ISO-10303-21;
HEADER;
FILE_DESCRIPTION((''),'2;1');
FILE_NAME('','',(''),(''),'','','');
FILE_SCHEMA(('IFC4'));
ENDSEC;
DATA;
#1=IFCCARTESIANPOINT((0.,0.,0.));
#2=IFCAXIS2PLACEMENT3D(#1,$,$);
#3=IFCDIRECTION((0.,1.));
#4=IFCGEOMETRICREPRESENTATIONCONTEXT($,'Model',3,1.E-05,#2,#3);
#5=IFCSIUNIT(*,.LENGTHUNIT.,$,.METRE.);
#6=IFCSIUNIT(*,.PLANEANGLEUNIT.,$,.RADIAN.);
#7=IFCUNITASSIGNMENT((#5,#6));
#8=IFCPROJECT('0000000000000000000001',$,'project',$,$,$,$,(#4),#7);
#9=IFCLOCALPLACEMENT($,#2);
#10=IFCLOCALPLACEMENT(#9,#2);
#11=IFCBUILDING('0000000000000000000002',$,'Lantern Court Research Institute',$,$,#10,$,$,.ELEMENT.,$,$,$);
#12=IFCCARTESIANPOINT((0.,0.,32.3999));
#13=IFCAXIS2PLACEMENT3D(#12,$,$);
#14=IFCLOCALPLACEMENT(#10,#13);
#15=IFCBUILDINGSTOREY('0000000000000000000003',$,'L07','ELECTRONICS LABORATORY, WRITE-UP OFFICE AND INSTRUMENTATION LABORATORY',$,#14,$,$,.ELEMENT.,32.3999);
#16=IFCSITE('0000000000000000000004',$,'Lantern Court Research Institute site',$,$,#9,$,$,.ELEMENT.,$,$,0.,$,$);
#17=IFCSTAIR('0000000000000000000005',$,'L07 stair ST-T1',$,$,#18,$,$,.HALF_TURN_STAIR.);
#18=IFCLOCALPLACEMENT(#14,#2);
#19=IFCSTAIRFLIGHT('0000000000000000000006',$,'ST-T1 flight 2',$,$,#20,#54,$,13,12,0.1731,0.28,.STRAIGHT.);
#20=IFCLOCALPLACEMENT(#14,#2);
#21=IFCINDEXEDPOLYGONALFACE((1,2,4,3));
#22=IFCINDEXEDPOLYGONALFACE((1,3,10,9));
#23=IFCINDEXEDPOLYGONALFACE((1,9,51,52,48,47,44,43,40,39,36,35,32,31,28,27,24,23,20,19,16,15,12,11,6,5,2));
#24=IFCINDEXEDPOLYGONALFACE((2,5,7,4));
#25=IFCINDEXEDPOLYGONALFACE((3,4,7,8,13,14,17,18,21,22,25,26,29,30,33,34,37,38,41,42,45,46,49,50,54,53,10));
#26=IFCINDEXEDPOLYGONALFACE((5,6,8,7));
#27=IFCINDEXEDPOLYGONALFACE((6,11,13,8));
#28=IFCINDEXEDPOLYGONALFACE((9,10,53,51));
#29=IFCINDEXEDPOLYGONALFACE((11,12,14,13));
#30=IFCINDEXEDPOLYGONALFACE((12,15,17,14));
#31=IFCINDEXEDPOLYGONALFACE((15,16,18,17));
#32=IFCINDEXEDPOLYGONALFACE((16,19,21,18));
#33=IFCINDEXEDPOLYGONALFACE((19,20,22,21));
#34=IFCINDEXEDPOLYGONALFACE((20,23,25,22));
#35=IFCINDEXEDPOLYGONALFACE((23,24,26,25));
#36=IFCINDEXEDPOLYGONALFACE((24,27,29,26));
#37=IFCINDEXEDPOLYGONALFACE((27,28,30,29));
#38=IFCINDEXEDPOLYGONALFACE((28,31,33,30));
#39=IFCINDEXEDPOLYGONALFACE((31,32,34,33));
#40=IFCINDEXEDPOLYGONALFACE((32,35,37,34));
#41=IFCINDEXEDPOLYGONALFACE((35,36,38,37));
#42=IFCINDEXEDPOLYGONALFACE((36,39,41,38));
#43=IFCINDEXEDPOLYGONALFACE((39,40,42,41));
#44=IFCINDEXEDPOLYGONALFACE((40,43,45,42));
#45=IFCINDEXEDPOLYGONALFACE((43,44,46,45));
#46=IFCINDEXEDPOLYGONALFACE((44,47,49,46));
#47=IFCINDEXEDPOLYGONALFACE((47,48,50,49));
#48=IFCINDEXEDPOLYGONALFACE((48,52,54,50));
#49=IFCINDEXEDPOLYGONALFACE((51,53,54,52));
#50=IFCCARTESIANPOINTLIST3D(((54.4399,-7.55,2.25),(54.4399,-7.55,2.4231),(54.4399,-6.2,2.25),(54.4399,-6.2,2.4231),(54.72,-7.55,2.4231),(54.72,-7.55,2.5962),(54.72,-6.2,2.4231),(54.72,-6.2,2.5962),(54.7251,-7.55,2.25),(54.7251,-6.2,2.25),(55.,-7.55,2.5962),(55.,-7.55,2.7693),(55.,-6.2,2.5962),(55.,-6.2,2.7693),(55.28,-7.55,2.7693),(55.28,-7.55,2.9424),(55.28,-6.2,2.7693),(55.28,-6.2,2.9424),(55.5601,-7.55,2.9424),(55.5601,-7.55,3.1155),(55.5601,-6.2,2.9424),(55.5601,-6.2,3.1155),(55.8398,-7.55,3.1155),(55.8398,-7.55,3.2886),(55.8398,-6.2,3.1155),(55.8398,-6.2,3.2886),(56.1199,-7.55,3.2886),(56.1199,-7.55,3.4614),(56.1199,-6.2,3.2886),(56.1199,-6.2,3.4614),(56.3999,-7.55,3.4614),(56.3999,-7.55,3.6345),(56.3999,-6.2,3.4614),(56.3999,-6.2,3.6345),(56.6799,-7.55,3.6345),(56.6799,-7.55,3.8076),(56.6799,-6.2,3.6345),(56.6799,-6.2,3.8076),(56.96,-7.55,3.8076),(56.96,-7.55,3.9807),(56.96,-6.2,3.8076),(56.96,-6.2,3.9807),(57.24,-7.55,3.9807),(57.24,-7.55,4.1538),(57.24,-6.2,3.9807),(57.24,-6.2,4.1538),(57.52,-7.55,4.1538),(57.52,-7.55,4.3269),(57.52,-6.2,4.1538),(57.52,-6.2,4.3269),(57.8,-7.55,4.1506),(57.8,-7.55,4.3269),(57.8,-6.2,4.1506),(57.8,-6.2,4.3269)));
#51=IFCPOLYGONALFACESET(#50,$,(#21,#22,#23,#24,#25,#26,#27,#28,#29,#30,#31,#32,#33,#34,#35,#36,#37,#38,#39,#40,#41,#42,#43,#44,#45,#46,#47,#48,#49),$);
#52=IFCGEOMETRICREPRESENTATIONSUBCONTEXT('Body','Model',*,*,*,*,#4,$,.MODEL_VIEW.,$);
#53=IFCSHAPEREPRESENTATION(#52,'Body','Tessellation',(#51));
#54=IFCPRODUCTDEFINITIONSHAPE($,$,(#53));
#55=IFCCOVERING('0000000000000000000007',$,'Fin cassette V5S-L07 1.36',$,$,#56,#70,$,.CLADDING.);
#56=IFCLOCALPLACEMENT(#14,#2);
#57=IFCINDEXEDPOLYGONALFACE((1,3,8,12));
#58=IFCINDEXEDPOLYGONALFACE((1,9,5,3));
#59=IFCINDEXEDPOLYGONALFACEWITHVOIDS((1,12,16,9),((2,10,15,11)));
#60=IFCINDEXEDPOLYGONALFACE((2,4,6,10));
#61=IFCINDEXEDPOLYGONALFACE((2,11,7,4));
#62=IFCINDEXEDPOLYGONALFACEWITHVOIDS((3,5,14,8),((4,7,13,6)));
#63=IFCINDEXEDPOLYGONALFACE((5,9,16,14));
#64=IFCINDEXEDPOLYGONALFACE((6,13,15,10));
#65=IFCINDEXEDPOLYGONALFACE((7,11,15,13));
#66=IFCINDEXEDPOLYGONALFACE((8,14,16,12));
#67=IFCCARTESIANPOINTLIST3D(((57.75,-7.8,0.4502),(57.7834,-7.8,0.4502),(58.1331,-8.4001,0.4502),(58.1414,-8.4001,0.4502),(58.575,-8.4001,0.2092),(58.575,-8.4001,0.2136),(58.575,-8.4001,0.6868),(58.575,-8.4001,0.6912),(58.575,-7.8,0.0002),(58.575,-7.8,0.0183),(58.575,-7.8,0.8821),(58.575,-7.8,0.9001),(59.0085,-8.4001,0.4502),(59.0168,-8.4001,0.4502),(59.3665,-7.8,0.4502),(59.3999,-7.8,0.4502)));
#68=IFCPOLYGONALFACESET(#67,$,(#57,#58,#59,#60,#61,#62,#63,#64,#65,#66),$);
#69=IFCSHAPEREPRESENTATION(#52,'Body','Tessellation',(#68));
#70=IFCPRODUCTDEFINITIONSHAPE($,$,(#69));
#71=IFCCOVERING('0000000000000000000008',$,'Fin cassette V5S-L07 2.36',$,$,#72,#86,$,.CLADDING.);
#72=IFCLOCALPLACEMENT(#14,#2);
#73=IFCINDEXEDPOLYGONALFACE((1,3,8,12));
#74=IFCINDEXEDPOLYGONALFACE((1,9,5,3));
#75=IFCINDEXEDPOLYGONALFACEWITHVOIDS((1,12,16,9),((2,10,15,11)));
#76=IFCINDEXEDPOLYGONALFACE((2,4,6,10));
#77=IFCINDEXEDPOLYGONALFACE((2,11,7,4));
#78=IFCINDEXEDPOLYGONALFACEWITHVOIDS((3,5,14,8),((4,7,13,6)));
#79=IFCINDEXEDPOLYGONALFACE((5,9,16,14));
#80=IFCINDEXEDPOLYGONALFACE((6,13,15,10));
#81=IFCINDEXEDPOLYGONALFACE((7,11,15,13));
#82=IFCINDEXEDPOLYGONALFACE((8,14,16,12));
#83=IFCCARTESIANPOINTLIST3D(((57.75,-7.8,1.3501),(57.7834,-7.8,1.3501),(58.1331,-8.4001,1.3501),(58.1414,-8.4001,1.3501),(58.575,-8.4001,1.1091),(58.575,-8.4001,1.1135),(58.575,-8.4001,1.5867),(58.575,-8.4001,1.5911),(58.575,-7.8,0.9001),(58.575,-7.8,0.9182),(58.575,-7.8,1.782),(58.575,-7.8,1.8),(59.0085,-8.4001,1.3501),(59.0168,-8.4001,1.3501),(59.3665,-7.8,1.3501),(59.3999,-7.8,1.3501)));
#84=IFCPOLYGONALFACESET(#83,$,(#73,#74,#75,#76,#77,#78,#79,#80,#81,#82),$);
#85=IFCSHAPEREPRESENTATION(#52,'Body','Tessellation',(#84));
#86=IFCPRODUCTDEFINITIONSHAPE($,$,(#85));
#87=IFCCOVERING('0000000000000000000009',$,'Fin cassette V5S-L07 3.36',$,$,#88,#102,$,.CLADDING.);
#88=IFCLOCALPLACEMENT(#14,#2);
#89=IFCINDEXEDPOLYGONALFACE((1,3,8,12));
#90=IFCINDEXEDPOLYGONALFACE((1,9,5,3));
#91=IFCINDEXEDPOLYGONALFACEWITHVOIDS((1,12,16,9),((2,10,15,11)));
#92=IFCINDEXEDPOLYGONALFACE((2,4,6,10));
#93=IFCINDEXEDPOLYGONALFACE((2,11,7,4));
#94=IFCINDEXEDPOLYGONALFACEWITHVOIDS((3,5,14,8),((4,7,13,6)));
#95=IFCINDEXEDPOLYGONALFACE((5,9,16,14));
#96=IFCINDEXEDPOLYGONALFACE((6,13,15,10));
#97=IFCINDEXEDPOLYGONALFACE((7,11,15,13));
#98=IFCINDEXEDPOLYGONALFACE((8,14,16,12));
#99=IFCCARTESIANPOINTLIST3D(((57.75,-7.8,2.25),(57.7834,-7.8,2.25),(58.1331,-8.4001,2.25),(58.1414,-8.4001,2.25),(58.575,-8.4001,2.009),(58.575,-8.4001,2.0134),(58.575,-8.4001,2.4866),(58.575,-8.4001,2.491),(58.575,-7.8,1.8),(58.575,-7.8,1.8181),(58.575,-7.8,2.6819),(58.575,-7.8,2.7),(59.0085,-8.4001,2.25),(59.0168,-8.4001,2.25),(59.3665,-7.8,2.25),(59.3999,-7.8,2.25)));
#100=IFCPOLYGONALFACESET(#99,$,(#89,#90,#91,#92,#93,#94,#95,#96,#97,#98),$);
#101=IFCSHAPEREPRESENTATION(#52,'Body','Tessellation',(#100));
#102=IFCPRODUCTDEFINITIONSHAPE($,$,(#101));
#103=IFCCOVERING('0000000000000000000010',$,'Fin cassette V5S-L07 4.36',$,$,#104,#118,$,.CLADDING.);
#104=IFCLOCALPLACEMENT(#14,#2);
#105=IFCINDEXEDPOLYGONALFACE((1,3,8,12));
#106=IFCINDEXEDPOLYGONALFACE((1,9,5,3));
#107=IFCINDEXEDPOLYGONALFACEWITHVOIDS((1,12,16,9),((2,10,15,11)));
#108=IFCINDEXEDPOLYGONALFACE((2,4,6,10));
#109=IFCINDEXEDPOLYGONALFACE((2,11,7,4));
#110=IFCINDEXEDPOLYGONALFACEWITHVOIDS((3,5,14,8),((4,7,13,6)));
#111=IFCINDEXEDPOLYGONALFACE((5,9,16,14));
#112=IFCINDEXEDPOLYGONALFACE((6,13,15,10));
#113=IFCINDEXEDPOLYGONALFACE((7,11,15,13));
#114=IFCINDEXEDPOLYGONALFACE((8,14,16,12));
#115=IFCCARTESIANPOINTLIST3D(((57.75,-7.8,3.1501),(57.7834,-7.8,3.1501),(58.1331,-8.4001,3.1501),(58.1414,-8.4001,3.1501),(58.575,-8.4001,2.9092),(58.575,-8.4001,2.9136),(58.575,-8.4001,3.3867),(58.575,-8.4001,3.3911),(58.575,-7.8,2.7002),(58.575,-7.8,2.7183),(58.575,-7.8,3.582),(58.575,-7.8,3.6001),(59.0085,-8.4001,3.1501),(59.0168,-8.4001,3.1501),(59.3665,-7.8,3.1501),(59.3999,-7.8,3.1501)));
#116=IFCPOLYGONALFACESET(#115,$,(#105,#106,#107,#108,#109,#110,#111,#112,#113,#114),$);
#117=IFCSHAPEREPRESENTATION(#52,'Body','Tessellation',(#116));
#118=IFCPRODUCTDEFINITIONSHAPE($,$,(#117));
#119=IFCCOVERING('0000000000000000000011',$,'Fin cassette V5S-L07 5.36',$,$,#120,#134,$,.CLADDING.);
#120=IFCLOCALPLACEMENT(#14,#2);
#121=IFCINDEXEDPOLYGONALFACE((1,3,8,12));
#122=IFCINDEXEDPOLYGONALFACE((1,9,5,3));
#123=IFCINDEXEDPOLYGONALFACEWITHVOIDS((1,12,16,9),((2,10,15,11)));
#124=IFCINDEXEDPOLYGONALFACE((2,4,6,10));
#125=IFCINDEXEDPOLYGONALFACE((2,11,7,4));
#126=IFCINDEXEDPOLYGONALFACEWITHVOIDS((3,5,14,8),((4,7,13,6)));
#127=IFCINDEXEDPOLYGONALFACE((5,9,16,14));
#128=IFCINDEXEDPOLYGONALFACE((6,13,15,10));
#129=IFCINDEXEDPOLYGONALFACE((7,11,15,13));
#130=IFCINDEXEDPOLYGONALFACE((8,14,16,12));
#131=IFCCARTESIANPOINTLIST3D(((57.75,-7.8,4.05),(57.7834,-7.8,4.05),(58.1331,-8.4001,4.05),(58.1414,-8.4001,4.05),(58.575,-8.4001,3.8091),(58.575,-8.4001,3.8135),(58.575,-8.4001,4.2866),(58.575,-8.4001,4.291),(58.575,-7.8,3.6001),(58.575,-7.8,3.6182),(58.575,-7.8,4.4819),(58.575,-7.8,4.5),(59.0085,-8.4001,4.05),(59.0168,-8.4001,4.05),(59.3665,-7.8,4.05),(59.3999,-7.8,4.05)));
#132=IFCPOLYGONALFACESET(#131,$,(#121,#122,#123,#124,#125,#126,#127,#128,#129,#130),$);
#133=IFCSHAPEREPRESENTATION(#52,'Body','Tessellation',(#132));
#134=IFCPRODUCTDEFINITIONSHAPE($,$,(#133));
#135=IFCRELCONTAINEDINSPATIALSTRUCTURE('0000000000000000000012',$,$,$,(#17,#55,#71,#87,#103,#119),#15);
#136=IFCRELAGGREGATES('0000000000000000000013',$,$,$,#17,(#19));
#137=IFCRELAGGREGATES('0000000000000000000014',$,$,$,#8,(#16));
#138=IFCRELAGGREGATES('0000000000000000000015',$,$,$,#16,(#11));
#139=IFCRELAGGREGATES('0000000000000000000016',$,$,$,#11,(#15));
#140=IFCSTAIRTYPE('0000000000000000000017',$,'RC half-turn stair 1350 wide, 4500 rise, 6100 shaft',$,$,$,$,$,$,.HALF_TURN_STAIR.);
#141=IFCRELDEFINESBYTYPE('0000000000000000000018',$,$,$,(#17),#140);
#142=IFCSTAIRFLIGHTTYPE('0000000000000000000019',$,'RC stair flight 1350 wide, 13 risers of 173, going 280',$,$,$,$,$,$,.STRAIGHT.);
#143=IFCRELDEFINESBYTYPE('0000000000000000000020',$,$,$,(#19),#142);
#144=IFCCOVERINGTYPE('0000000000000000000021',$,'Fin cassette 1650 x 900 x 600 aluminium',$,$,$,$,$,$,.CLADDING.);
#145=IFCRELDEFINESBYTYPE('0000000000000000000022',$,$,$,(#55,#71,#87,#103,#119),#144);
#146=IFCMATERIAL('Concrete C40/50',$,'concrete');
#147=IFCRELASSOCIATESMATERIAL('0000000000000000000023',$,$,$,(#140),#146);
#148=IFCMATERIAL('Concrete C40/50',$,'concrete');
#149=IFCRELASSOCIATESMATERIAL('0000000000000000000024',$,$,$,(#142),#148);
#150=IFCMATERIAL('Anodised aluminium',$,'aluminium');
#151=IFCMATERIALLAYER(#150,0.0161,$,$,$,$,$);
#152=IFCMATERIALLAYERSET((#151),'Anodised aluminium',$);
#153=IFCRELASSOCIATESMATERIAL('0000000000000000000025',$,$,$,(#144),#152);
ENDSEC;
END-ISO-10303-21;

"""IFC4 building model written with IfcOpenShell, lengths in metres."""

from ifc_helpers import new_model, entity, si_unit, direction, frame, origin, place, context, subcontext, project, spatial, polyline, outline, extrude, material, layer, layer_set, type_object, element, aggregate, save


model = new_model("IFC4")

# Units and contexts
model_context = context("Model", 3, precision=1e-05, world=origin(), true_north=direction((0.0, 1.0)))
body_context = subcontext(model_context, "Body", "Model", "MODEL_VIEW")
ifc_project = project(units=[si_unit("LENGTHUNIT", "METRE"), si_unit("PLANEANGLEUNIT", "RADIAN")], contexts=[model_context])

# Site, building, storey
site_placement = place(None, origin())
site = spatial("IfcSite", under=ifc_project, at=site_placement, Name="Lantern Court Research Institute site", CompositionType="ELEMENT", RefElevation=0.0)
building_placement = place(site_placement, origin())
building = spatial("IfcBuilding", under=site, at=building_placement, Name="Lantern Court Research Institute", CompositionType="ELEMENT")
storey_placement = place(building_placement, frame((0.0, 0.0, 32.3999)))
storey = spatial("IfcBuildingStorey", under=building, at=storey_placement, Name="L07", Description="ELECTRONICS LABORATORY, WRITE-UP OFFICE AND INSTRUMENTATION LABORATORY", CompositionType="ELEMENT", Elevation=32.3999)

# Stair, stair flight
ifc_material_1 = material(Name="Concrete C40/50", Category="concrete")
stair_type = type_object("IfcStairType", Name="RC half-turn stair 1350 wide, 4500 rise, 6100 shaft", PredefinedType="HALF_TURN_STAIR", material=ifc_material_1)
stair_placement = place(storey_placement, origin())
stair = element("IfcStair", 1, at=stair_placement, inside=storey, type_object=stair_type, Name="L07 stair ST-T1", PredefinedType="HALF_TURN_STAIR")
ifc_material_2 = material(Name="Concrete C40/50", Category="concrete")
stair_flight_type = type_object("IfcStairFlightType", Name="RC stair flight 1350 wide, 13 risers of 173, going 280", PredefinedType="STRAIGHT", material=ifc_material_2)
stair_flight_1_placement = place(storey_placement, frame((54.4399, -6.875, 2.25), z_axis=(0.0, 0.0, 1.0), x_axis=(1.0, 0.0, 0.0)))
stair_flight_1 = element("IfcStairFlight", 2, at=stair_flight_1_placement, type_object=stair_flight_type, Name="ST-T1 flight 2", NumberOfRisers=13, NumberOfTreads=12, PredefinedType="STRAIGHT", RiserHeight=0.1731, TreadLength=0.28, context=body_context, shape_type="SweptSolid", body=[
    extrude(outline(polyline([(0.0, 0.0), (0.0, 0.1731), (0.28, 0.1731), (0.28, 0.3462), (0.5601, 0.3462), (0.5601, 0.5193), (0.8401, 0.5193), (0.8401, 0.6924), (1.1201, 0.6924), (1.1201, 0.8655), (1.3999, 0.8655), (1.3999, 1.0386), (1.6799, 1.0386), (1.6799, 1.2114), (1.96, 1.2114), (1.96, 1.3845), (2.24, 1.3845), (2.24, 1.5576), (2.52, 1.5576), (2.52, 1.7307), (2.8, 1.7307), (2.8, 1.9038), (3.0801, 1.9038), (3.0801, 2.0769), (3.3601, 2.0769), (3.3601, 2.25), (3.3601, 1.9006), (0.2852, 0.0), (0.0, 0.0)])), frame((0.0, 0.675, 0.0), z_axis=(0.0, -1.0, 0.0), x_axis=(1.0, 0.0, 0.0)), (0.0, 0.0, 1.0), 1.3501),
])
aggregate(stair, [stair_flight_1])

# Coverings
ifc_material_3 = material(Name="Anodised aluminium", Category="aluminium")
ifc_layer_1 = layer(ifc_material_3, 0.0161)
ifc_layer_set_1 = layer_set([ifc_layer_1], Name="Anodised aluminium")
covering_type = type_object("IfcCoveringType", Name="Fin cassette 1650 x 900 x 600 aluminium", PredefinedType="CLADDING", material=ifc_layer_set_1)
covering_1_placement = place(storey_placement, frame((58.575, -7.8, 0.4502), z_axis=(0.0, -1.0, 0.0), x_axis=(1.0, 0.0, 0.0)))
cartesian_point_1 = entity("IfcCartesianPoint", [0.825, 0.0])
cartesian_point_2 = entity("IfcCartesianPoint", [0.7915, 0.0])
cartesian_point_3 = entity("IfcCartesianPoint", [0.4419, 0.0])
cartesian_point_4 = entity("IfcCartesianPoint", [0.4336, 0.0])
element("IfcCovering", 3, at=covering_1_placement, inside=storey, type_object=covering_type, Name="Fin cassette V5S-L07 1.36", PredefinedType="CLADDING", context=body_context, shape_type="SweptSolid", body=[
    entity("IfcExtrudedAreaSolidTapered", entity("IfcArbitraryProfileDefWithVoids", "AREA", None, entity("IfcPolyline", [cartesian_point_1, entity("IfcCartesianPoint", [0.0, 0.45]), entity("IfcCartesianPoint", [-0.825, 0.0]), entity("IfcCartesianPoint", [0.0, -0.45]), cartesian_point_1]), [entity("IfcPolyline", [cartesian_point_2, entity("IfcCartesianPoint", [0.0, 0.4319]), entity("IfcCartesianPoint", [-0.7915, 0.0]), entity("IfcCartesianPoint", [0.0, -0.4319]), cartesian_point_2])]), entity("IfcAxis2Placement3D", entity("IfcCartesianPoint", [0.0, 0.0, 0.0])), entity("IfcDirection", [0.0, 0.0, 1.0]), 0.6001, entity("IfcArbitraryProfileDefWithVoids", "AREA", None, entity("IfcPolyline", [cartesian_point_3, entity("IfcCartesianPoint", [0.0, 0.241]), entity("IfcCartesianPoint", [-0.4419, 0.0]), entity("IfcCartesianPoint", [0.0, -0.241]), cartesian_point_3]), [entity("IfcPolyline", [cartesian_point_4, entity("IfcCartesianPoint", [0.0, 0.2366]), entity("IfcCartesianPoint", [-0.4336, 0.0]), entity("IfcCartesianPoint", [0.0, -0.2366]), cartesian_point_4])])),
])
covering_2_placement = place(storey_placement, frame((58.575, -7.8, 1.3501), z_axis=(0.0, -1.0, 0.0), x_axis=(1.0, 0.0, 0.0)))
cartesian_point_5 = entity("IfcCartesianPoint", [0.825, 0.0])
cartesian_point_6 = entity("IfcCartesianPoint", [0.7915, 0.0])
cartesian_point_7 = entity("IfcCartesianPoint", [0.4419, 0.0])
cartesian_point_8 = entity("IfcCartesianPoint", [0.4336, 0.0])
element("IfcCovering", 4, at=covering_2_placement, inside=storey, type_object=covering_type, Name="Fin cassette V5S-L07 2.36", PredefinedType="CLADDING", context=body_context, shape_type="SweptSolid", body=[
    entity("IfcExtrudedAreaSolidTapered", entity("IfcArbitraryProfileDefWithVoids", "AREA", None, entity("IfcPolyline", [cartesian_point_5, entity("IfcCartesianPoint", [0.0, 0.45]), entity("IfcCartesianPoint", [-0.825, 0.0]), entity("IfcCartesianPoint", [0.0, -0.45]), cartesian_point_5]), [entity("IfcPolyline", [cartesian_point_6, entity("IfcCartesianPoint", [0.0, 0.4319]), entity("IfcCartesianPoint", [-0.7915, 0.0]), entity("IfcCartesianPoint", [0.0, -0.4319]), cartesian_point_6])]), entity("IfcAxis2Placement3D", entity("IfcCartesianPoint", [0.0, 0.0, 0.0])), entity("IfcDirection", [0.0, 0.0, 1.0]), 0.6001, entity("IfcArbitraryProfileDefWithVoids", "AREA", None, entity("IfcPolyline", [cartesian_point_7, entity("IfcCartesianPoint", [0.0, 0.241]), entity("IfcCartesianPoint", [-0.4419, 0.0]), entity("IfcCartesianPoint", [0.0, -0.241]), cartesian_point_7]), [entity("IfcPolyline", [cartesian_point_8, entity("IfcCartesianPoint", [0.0, 0.2366]), entity("IfcCartesianPoint", [-0.4336, 0.0]), entity("IfcCartesianPoint", [0.0, -0.2366]), cartesian_point_8])])),
])
covering_3_placement = place(storey_placement, frame((58.575, -7.8, 2.25), z_axis=(0.0, -1.0, 0.0), x_axis=(1.0, 0.0, 0.0)))
cartesian_point_9 = entity("IfcCartesianPoint", [0.825, 0.0])
cartesian_point_10 = entity("IfcCartesianPoint", [0.7915, 0.0])
cartesian_point_11 = entity("IfcCartesianPoint", [0.4419, 0.0])
cartesian_point_12 = entity("IfcCartesianPoint", [0.4336, 0.0])
element("IfcCovering", 5, at=covering_3_placement, inside=storey, type_object=covering_type, Name="Fin cassette V5S-L07 3.36", PredefinedType="CLADDING", context=body_context, shape_type="SweptSolid", body=[
    entity("IfcExtrudedAreaSolidTapered", entity("IfcArbitraryProfileDefWithVoids", "AREA", None, entity("IfcPolyline", [cartesian_point_9, entity("IfcCartesianPoint", [0.0, 0.45]), entity("IfcCartesianPoint", [-0.825, 0.0]), entity("IfcCartesianPoint", [0.0, -0.45]), cartesian_point_9]), [entity("IfcPolyline", [cartesian_point_10, entity("IfcCartesianPoint", [0.0, 0.4319]), entity("IfcCartesianPoint", [-0.7915, 0.0]), entity("IfcCartesianPoint", [0.0, -0.4319]), cartesian_point_10])]), entity("IfcAxis2Placement3D", entity("IfcCartesianPoint", [0.0, 0.0, 0.0])), entity("IfcDirection", [0.0, 0.0, 1.0]), 0.6001, entity("IfcArbitraryProfileDefWithVoids", "AREA", None, entity("IfcPolyline", [cartesian_point_11, entity("IfcCartesianPoint", [0.0, 0.241]), entity("IfcCartesianPoint", [-0.4419, 0.0]), entity("IfcCartesianPoint", [0.0, -0.241]), cartesian_point_11]), [entity("IfcPolyline", [cartesian_point_12, entity("IfcCartesianPoint", [0.0, 0.2366]), entity("IfcCartesianPoint", [-0.4336, 0.0]), entity("IfcCartesianPoint", [0.0, -0.2366]), cartesian_point_12])])),
])
covering_4_placement = place(storey_placement, frame((58.575, -7.8, 3.1501), z_axis=(0.0, -1.0, 0.0), x_axis=(1.0, 0.0, 0.0)))
cartesian_point_13 = entity("IfcCartesianPoint", [0.825, 0.0])
cartesian_point_14 = entity("IfcCartesianPoint", [0.7915, 0.0])
cartesian_point_15 = entity("IfcCartesianPoint", [0.4419, 0.0])
cartesian_point_16 = entity("IfcCartesianPoint", [0.4336, 0.0])
element("IfcCovering", 6, at=covering_4_placement, inside=storey, type_object=covering_type, Name="Fin cassette V5S-L07 4.36", PredefinedType="CLADDING", context=body_context, shape_type="SweptSolid", body=[
    entity("IfcExtrudedAreaSolidTapered", entity("IfcArbitraryProfileDefWithVoids", "AREA", None, entity("IfcPolyline", [cartesian_point_13, entity("IfcCartesianPoint", [0.0, 0.45]), entity("IfcCartesianPoint", [-0.825, 0.0]), entity("IfcCartesianPoint", [0.0, -0.45]), cartesian_point_13]), [entity("IfcPolyline", [cartesian_point_14, entity("IfcCartesianPoint", [0.0, 0.4319]), entity("IfcCartesianPoint", [-0.7915, 0.0]), entity("IfcCartesianPoint", [0.0, -0.4319]), cartesian_point_14])]), entity("IfcAxis2Placement3D", entity("IfcCartesianPoint", [0.0, 0.0, 0.0])), entity("IfcDirection", [0.0, 0.0, 1.0]), 0.6001, entity("IfcArbitraryProfileDefWithVoids", "AREA", None, entity("IfcPolyline", [cartesian_point_15, entity("IfcCartesianPoint", [0.0, 0.241]), entity("IfcCartesianPoint", [-0.4419, 0.0]), entity("IfcCartesianPoint", [0.0, -0.241]), cartesian_point_15]), [entity("IfcPolyline", [cartesian_point_16, entity("IfcCartesianPoint", [0.0, 0.2366]), entity("IfcCartesianPoint", [-0.4336, 0.0]), entity("IfcCartesianPoint", [0.0, -0.2366]), cartesian_point_16])])),
])
covering_5_placement = place(storey_placement, frame((58.575, -7.8, 4.05), z_axis=(0.0, -1.0, 0.0), x_axis=(1.0, 0.0, 0.0)))
cartesian_point_17 = entity("IfcCartesianPoint", [0.825, 0.0])
cartesian_point_18 = entity("IfcCartesianPoint", [0.7915, 0.0])
cartesian_point_19 = entity("IfcCartesianPoint", [0.4419, 0.0])
cartesian_point_20 = entity("IfcCartesianPoint", [0.4336, 0.0])
element("IfcCovering", 7, at=covering_5_placement, inside=storey, type_object=covering_type, Name="Fin cassette V5S-L07 5.36", PredefinedType="CLADDING", context=body_context, shape_type="SweptSolid", body=[
    entity("IfcExtrudedAreaSolidTapered", entity("IfcArbitraryProfileDefWithVoids", "AREA", None, entity("IfcPolyline", [cartesian_point_17, entity("IfcCartesianPoint", [0.0, 0.45]), entity("IfcCartesianPoint", [-0.825, 0.0]), entity("IfcCartesianPoint", [0.0, -0.45]), cartesian_point_17]), [entity("IfcPolyline", [cartesian_point_18, entity("IfcCartesianPoint", [0.0, 0.4319]), entity("IfcCartesianPoint", [-0.7915, 0.0]), entity("IfcCartesianPoint", [0.0, -0.4319]), cartesian_point_18])]), entity("IfcAxis2Placement3D", entity("IfcCartesianPoint", [0.0, 0.0, 0.0])), entity("IfcDirection", [0.0, 0.0, 1.0]), 0.6001, entity("IfcArbitraryProfileDefWithVoids", "AREA", None, entity("IfcPolyline", [cartesian_point_19, entity("IfcCartesianPoint", [0.0, 0.241]), entity("IfcCartesianPoint", [-0.4419, 0.0]), entity("IfcCartesianPoint", [0.0, -0.241]), cartesian_point_19]), [entity("IfcPolyline", [cartesian_point_20, entity("IfcCartesianPoint", [0.0, 0.2366]), entity("IfcCartesianPoint", [-0.4336, 0.0]), entity("IfcCartesianPoint", [0.0, -0.2366]), cartesian_point_20])])),
])

save(model, "model.ifc")
